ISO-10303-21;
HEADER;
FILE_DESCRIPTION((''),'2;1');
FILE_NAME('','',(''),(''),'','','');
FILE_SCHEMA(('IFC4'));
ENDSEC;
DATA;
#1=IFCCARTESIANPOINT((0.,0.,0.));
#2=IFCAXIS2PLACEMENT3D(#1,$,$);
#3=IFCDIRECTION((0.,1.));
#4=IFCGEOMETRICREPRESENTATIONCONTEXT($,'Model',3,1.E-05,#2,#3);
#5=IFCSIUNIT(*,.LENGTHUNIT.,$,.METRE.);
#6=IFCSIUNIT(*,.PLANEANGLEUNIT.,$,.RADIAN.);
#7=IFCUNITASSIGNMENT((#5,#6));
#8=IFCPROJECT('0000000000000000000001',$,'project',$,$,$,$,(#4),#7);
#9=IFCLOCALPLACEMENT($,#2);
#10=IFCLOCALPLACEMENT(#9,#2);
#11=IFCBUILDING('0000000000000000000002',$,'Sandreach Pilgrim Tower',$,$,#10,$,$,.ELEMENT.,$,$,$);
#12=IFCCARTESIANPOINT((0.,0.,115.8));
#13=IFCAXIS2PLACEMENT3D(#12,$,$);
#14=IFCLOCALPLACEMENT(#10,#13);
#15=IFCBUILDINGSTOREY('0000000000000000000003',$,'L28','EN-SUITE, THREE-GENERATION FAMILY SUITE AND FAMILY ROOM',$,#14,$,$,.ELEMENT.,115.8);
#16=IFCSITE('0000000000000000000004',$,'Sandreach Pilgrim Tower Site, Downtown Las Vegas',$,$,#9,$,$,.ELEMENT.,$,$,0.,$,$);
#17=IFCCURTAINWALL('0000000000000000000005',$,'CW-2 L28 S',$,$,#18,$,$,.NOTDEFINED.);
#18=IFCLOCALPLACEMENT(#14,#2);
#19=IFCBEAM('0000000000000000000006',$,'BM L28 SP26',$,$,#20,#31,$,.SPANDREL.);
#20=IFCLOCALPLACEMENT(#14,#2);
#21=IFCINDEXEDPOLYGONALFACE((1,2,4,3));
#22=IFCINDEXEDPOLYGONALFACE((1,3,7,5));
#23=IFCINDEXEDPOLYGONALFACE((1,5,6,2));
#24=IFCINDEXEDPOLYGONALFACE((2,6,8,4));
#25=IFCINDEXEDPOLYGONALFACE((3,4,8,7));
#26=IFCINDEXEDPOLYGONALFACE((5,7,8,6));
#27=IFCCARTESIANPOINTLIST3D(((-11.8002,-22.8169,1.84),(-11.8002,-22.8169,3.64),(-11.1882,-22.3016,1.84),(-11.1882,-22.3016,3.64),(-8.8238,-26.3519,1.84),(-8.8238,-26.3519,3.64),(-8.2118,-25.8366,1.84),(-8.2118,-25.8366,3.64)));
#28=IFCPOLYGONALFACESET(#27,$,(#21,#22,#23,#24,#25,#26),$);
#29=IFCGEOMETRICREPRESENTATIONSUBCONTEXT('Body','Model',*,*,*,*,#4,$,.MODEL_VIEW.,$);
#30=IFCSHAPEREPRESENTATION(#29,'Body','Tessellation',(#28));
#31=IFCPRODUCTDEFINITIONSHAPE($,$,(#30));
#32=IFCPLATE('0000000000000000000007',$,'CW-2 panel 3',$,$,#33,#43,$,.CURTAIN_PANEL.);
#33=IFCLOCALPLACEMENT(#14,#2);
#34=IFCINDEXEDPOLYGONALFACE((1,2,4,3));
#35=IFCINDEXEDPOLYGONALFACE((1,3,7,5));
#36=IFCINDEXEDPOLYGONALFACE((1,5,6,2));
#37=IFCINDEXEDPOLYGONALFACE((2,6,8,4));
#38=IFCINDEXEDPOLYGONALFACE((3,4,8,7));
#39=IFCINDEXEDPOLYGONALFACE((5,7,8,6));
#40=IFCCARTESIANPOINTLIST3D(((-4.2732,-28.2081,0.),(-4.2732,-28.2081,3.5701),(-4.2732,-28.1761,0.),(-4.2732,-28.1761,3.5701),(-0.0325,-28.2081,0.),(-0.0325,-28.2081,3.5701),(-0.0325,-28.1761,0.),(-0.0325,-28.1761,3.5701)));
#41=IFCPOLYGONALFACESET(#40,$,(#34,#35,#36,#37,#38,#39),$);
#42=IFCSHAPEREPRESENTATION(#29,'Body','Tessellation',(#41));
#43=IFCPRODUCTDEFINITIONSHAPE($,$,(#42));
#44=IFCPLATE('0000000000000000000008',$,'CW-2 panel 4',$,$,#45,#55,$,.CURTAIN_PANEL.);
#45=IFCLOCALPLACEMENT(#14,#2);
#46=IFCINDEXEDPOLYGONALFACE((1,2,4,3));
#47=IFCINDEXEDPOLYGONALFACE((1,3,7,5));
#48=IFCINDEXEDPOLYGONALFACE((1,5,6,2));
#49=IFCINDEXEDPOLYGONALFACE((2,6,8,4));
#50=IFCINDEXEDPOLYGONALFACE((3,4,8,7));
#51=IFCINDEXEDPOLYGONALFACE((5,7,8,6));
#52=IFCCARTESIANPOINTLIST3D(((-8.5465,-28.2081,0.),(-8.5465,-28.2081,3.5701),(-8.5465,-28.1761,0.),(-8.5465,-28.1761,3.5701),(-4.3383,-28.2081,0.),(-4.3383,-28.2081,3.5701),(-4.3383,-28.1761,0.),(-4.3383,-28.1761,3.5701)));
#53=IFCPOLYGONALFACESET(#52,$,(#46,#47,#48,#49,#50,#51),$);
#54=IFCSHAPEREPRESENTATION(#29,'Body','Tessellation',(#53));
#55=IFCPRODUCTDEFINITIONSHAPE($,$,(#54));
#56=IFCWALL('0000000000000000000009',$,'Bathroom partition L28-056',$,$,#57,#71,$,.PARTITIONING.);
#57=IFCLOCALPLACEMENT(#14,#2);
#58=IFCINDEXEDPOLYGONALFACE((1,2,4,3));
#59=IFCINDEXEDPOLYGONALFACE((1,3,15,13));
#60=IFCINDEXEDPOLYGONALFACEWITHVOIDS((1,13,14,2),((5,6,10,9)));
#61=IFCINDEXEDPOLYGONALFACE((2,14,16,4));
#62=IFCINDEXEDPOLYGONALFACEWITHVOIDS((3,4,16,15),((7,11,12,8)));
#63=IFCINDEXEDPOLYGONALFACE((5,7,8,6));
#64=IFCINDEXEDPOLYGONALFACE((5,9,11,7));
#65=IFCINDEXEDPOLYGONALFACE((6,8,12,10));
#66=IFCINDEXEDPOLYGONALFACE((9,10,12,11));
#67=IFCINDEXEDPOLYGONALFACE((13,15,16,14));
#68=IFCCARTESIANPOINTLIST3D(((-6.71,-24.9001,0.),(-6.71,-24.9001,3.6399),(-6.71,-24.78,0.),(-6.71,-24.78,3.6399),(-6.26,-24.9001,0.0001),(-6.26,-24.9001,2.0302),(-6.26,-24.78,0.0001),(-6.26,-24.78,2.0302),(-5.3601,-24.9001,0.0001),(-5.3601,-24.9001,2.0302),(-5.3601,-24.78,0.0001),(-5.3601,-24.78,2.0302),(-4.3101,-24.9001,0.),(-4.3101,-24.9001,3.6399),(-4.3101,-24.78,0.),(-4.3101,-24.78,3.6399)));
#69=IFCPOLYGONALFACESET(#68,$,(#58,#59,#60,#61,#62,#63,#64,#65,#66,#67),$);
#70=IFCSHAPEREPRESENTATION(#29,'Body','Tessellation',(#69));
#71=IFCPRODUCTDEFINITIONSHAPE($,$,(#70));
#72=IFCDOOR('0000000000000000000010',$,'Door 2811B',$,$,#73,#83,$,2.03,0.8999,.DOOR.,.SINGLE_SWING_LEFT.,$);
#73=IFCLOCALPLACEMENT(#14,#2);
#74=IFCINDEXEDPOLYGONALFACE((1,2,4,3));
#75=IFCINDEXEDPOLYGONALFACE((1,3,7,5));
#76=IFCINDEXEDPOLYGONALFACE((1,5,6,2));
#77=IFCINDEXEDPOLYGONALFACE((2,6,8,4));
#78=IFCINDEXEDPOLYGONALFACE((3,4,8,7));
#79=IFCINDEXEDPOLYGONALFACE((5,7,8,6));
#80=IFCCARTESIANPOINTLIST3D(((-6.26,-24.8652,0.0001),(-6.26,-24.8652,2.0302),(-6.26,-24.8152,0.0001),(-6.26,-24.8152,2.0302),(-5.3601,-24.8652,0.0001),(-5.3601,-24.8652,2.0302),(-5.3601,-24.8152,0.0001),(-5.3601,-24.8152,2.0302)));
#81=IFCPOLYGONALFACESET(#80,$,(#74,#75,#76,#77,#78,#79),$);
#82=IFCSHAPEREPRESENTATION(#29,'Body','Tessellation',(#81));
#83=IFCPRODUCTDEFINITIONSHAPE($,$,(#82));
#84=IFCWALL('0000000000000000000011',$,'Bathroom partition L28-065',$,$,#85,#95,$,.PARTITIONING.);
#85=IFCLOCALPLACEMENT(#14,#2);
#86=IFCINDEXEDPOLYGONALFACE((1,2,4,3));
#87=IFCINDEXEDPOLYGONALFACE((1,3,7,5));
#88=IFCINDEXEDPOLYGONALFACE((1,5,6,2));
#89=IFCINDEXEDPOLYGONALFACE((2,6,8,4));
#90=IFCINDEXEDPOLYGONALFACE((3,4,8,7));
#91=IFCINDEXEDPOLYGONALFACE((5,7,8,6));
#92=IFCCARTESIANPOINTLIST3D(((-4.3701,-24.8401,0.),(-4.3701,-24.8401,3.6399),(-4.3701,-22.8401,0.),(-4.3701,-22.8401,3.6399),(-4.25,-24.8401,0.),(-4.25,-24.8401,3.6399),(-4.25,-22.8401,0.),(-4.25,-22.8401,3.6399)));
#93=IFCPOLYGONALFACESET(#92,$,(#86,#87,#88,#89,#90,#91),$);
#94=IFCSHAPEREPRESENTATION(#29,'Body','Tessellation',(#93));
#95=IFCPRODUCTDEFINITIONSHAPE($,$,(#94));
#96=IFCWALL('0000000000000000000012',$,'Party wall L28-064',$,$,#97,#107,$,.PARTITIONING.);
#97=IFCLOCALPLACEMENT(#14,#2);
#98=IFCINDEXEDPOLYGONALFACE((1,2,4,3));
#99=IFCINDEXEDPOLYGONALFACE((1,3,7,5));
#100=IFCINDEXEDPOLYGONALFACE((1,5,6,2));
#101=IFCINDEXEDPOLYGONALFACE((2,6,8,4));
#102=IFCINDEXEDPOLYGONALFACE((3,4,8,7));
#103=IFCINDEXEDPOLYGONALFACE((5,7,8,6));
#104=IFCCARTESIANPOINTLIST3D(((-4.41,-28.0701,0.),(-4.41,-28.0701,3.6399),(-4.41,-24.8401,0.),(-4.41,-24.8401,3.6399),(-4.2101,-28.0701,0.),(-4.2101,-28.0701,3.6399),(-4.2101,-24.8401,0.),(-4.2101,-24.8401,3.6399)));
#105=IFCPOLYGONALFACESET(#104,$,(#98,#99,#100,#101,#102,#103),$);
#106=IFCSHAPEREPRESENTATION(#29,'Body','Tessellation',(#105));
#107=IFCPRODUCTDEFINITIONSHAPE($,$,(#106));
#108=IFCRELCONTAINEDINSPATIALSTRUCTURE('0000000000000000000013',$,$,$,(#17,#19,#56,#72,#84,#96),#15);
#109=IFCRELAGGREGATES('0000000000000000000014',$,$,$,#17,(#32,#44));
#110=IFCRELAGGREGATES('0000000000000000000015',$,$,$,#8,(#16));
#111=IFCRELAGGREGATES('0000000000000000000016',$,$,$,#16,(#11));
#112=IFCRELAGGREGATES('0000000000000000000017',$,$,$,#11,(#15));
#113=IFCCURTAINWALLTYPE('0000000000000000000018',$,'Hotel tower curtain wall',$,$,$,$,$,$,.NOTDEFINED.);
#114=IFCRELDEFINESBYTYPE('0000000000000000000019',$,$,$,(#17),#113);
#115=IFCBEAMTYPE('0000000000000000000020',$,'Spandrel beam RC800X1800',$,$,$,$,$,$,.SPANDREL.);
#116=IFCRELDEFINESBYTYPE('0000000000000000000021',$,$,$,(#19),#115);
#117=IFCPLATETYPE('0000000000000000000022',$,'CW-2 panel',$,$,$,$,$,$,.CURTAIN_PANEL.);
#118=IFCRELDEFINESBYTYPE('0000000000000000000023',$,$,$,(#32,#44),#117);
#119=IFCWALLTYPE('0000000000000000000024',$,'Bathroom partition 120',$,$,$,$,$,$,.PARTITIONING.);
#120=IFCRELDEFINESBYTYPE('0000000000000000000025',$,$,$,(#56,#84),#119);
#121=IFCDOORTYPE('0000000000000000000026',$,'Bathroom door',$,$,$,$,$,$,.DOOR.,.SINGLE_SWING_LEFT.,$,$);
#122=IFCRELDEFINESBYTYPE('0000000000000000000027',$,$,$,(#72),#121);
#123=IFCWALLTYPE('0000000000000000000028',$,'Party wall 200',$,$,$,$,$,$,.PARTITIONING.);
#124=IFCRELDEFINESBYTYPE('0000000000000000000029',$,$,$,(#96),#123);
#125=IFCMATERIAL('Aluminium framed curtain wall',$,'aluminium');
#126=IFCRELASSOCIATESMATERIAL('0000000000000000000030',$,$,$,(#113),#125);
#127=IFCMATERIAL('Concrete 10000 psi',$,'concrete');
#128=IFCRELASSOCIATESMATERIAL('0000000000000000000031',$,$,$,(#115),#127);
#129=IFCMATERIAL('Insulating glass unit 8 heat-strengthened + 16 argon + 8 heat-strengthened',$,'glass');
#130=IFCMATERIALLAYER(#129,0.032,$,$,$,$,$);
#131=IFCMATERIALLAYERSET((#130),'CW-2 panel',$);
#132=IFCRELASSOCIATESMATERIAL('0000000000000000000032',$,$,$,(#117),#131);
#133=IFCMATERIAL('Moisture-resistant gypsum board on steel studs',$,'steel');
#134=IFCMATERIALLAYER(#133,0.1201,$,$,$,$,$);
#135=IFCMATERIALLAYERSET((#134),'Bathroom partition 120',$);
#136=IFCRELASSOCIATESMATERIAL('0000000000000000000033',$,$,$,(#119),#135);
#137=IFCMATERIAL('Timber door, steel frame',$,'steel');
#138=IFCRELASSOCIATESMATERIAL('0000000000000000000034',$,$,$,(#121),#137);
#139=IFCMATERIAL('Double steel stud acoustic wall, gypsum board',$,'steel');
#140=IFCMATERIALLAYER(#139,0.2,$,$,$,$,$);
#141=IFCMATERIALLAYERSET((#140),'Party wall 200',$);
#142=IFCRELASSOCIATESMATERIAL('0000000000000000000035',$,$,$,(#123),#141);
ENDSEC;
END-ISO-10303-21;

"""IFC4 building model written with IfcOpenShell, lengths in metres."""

from ifc_helpers import new_model, si_unit, direction, frame, frame_2d, origin, origin_2d, place, context, subcontext, project, spatial, rectangle, extrude, material, layer, layer_set, material_profile, profile_set, type_object, element, fill, aggregate, save


model = new_model("IFC4")

# Units and contexts
model_context = context("Model", 3, precision=1e-05, world=origin(), true_north=direction((0.0, 1.0)))
body_context = subcontext(model_context, "Body", "Model", "MODEL_VIEW")
ifc_project = project(units=[si_unit("LENGTHUNIT", "METRE"), si_unit("PLANEANGLEUNIT", "RADIAN")], contexts=[model_context])

# Site, building, storey
site_placement = place(None, origin())
site = spatial("IfcSite", under=ifc_project, at=site_placement, Name="Sandreach Pilgrim Tower Site, Downtown Las Vegas", CompositionType="ELEMENT", RefElevation=0.0)
building_placement = place(site_placement, origin())
building = spatial("IfcBuilding", under=site, at=building_placement, Name="Sandreach Pilgrim Tower", CompositionType="ELEMENT")
storey_placement = place(building_placement, frame((0.0, 0.0, 115.8)))
storey = spatial("IfcBuildingStorey", under=building, at=storey_placement, Name="L28", Description="EN-SUITE, THREE-GENERATION FAMILY SUITE AND FAMILY ROOM", CompositionType="ELEMENT", Elevation=115.8)

# Curtain wall
ifc_material_1 = material(Name="Aluminium framed curtain wall", Category="aluminium")
curtain_wall_type = type_object("IfcCurtainWallType", Name="Hotel tower curtain wall", PredefinedType="NOTDEFINED", material=ifc_material_1)
curtain_wall_placement = place(storey_placement, origin())
curtain_wall = element("IfcCurtainWall", 1, at=curtain_wall_placement, inside=storey, type_object=curtain_wall_type, Name="CW-2 L28 S", PredefinedType="NOTDEFINED")

# Beam
ifc_material_2 = material(Name="Concrete 10000 psi", Category="concrete")
ifc_material_profile_1 = material_profile(ifc_material_2, rectangle(XDim=0.8, YDim=1.8, at=origin_2d()), Name="RC800X1800")
ifc_profile_set_1 = profile_set([ifc_material_profile_1], Name="Concrete 10000 psi")
beam_type_1 = type_object("IfcBeamType", Name="Spandrel beam RC800X1800", PredefinedType="SPANDREL", material=ifc_profile_set_1)
beam_1_placement = place(storey_placement, frame((-8.5178, -26.0942, 2.74), z_axis=(-0.644079, 0.764959, 0.0), x_axis=(-0.764959, -0.644079, 0.0)))
element("IfcBeam", 2, at=beam_1_placement, inside=storey, type_object=beam_type_1, Name="BM L28 SP26", PredefinedType="SPANDREL", context=body_context, shape_type="SweptSolid", body=[
    extrude(rectangle(XDim=0.8, YDim=1.8, at=origin_2d()), origin(), (0.0, 0.0, 1.0), 4.6211),
])

# Plates
ifc_material_3 = material(Name="Insulating glass unit 8 heat-strengthened + 16 argon + 8 heat-strengthened", Category="glass")
ifc_layer_1 = layer(ifc_material_3, 0.032)
ifc_layer_set_1 = layer_set([ifc_layer_1], Name="CW-2 panel")
plate_type = type_object("IfcPlateType", Name="CW-2 panel", PredefinedType="CURTAIN_PANEL", material=ifc_layer_set_1)
plate_1_placement = place(storey_placement, frame((-2.1528, -28.1921, 0.0), z_axis=(0.0, 0.0, 1.0), x_axis=(-1.0, 0.0, 0.0)))
plate_1 = element("IfcPlate", 3, at=plate_1_placement, type_object=plate_type, Name="CW-2 panel 3", PredefinedType="CURTAIN_PANEL", context=body_context, shape_type="SweptSolid", body=[
    extrude(rectangle(XDim=4.2407, YDim=0.032, at=origin_2d()), origin(), (0.0, 0.0, 1.0), 3.5701),
])
plate_2_placement = place(storey_placement, frame((-6.4424, -28.1921, 0.0), z_axis=(0.0, 0.0, 1.0), x_axis=(-1.0, 0.0, 0.0)))
plate_2 = element("IfcPlate", 4, at=plate_2_placement, type_object=plate_type, Name="CW-2 panel 4", PredefinedType="CURTAIN_PANEL", context=body_context, shape_type="SweptSolid", body=[
    extrude(rectangle(XDim=4.2083, YDim=0.032, at=origin_2d()), origin(), (0.0, 0.0, 1.0), 3.5701),
])
aggregate(curtain_wall, [plate_1, plate_2])

# Wall, opening, door
ifc_material_4 = material(Name="Moisture-resistant gypsum board on steel studs", Category="steel")
ifc_layer_2 = layer(ifc_material_4, 0.1201)
ifc_layer_set_2 = layer_set([ifc_layer_2], Name="Bathroom partition 120")
wall_type_1 = type_object("IfcWallType", Name="Bathroom partition 120", PredefinedType="PARTITIONING", material=ifc_layer_set_2)
wall_1_placement = place(storey_placement, frame((-6.71, -24.8401, 0.0), z_axis=(0.0, 0.0, 1.0), x_axis=(1.0, 0.0, 0.0)))
wall_1 = element("IfcWall", 5, at=wall_1_placement, inside=storey, type_object=wall_type_1, Name="Bathroom partition L28-056", PredefinedType="PARTITIONING", context=body_context, shape_type="SweptSolid", body=[
    extrude(rectangle(XDim=2.3999, YDim=0.1201, at=frame_2d((1.2, 0.0))), origin(), (0.0, 0.0, 1.0), 3.6399),
])
opening_placement = place(wall_1_placement, frame((0.45, 0.0, 0.0)))
opening = element("IfcOpeningElement", 6, at=opening_placement, cuts=wall_1, PredefinedType="OPENING", context=body_context, shape_type="SweptSolid", body=[
    extrude(rectangle(XDim=0.8999, YDim=2.03, at=frame_2d((0.45, 1.0151))), frame((0.0, 0.0601, 0.0), z_axis=(0.0, -1.0, 0.0), x_axis=(1.0, 0.0, 0.0)), (0.0, 0.0, 1.0), 0.1201),
])
ifc_material_5 = material(Name="Timber door, steel frame", Category="steel")
door_type = type_object("IfcDoorType", Name="Bathroom door", OperationType="SINGLE_SWING_LEFT", PredefinedType="DOOR", material=ifc_material_5)
door_placement = place(opening_placement, origin())
door = element("IfcDoor", 7, at=door_placement, inside=storey, type_object=door_type, Name="Door 2811B", OperationType="SINGLE_SWING_LEFT", OverallHeight=2.03, OverallWidth=0.8999, PredefinedType="DOOR", context=body_context, shape_type="SweptSolid", body=[
    extrude(rectangle(XDim=0.8999, YDim=2.03, at=frame_2d((0.45, 1.0151))), frame((0.0, 0.0249, 0.0), z_axis=(0.0, -1.0, 0.0), x_axis=(1.0, 0.0, 0.0)), (0.0, 0.0, 1.0), 0.05),
])
fill(opening, door)

# Walls
wall_2_placement = place(storey_placement, frame((-4.3101, -24.8401, 0.0), z_axis=(0.0, 0.0, 1.0), x_axis=(0.0, 1.0, 0.0)))
element("IfcWall", 8, at=wall_2_placement, inside=storey, type_object=wall_type_1, Name="Bathroom partition L28-065", PredefinedType="PARTITIONING", context=body_context, shape_type="SweptSolid", body=[
    extrude(rectangle(XDim=2.0, YDim=0.1201, at=frame_2d((1.0, 0.0))), origin(), (0.0, 0.0, 1.0), 3.6399),
])
ifc_material_6 = material(Name="Double steel stud acoustic wall, gypsum board", Category="steel")
ifc_layer_3 = layer(ifc_material_6, 0.2)
ifc_layer_set_3 = layer_set([ifc_layer_3], Name="Party wall 200")
wall_type_2 = type_object("IfcWallType", Name="Party wall 200", PredefinedType="PARTITIONING", material=ifc_layer_set_3)
wall_3_placement = place(storey_placement, frame((-4.3101, -28.0701, 0.0), z_axis=(0.0, 0.0, 1.0), x_axis=(0.0, 1.0, 0.0)))
element("IfcWall", 9, at=wall_3_placement, inside=storey, type_object=wall_type_2, Name="Party wall L28-064", PredefinedType="PARTITIONING", context=body_context, shape_type="SweptSolid", body=[
    extrude(rectangle(XDim=3.23, YDim=0.2, at=frame_2d((1.615, 0.0))), origin(), (0.0, 0.0, 1.0), 3.6399),
])

save(model, "model.ifc")
